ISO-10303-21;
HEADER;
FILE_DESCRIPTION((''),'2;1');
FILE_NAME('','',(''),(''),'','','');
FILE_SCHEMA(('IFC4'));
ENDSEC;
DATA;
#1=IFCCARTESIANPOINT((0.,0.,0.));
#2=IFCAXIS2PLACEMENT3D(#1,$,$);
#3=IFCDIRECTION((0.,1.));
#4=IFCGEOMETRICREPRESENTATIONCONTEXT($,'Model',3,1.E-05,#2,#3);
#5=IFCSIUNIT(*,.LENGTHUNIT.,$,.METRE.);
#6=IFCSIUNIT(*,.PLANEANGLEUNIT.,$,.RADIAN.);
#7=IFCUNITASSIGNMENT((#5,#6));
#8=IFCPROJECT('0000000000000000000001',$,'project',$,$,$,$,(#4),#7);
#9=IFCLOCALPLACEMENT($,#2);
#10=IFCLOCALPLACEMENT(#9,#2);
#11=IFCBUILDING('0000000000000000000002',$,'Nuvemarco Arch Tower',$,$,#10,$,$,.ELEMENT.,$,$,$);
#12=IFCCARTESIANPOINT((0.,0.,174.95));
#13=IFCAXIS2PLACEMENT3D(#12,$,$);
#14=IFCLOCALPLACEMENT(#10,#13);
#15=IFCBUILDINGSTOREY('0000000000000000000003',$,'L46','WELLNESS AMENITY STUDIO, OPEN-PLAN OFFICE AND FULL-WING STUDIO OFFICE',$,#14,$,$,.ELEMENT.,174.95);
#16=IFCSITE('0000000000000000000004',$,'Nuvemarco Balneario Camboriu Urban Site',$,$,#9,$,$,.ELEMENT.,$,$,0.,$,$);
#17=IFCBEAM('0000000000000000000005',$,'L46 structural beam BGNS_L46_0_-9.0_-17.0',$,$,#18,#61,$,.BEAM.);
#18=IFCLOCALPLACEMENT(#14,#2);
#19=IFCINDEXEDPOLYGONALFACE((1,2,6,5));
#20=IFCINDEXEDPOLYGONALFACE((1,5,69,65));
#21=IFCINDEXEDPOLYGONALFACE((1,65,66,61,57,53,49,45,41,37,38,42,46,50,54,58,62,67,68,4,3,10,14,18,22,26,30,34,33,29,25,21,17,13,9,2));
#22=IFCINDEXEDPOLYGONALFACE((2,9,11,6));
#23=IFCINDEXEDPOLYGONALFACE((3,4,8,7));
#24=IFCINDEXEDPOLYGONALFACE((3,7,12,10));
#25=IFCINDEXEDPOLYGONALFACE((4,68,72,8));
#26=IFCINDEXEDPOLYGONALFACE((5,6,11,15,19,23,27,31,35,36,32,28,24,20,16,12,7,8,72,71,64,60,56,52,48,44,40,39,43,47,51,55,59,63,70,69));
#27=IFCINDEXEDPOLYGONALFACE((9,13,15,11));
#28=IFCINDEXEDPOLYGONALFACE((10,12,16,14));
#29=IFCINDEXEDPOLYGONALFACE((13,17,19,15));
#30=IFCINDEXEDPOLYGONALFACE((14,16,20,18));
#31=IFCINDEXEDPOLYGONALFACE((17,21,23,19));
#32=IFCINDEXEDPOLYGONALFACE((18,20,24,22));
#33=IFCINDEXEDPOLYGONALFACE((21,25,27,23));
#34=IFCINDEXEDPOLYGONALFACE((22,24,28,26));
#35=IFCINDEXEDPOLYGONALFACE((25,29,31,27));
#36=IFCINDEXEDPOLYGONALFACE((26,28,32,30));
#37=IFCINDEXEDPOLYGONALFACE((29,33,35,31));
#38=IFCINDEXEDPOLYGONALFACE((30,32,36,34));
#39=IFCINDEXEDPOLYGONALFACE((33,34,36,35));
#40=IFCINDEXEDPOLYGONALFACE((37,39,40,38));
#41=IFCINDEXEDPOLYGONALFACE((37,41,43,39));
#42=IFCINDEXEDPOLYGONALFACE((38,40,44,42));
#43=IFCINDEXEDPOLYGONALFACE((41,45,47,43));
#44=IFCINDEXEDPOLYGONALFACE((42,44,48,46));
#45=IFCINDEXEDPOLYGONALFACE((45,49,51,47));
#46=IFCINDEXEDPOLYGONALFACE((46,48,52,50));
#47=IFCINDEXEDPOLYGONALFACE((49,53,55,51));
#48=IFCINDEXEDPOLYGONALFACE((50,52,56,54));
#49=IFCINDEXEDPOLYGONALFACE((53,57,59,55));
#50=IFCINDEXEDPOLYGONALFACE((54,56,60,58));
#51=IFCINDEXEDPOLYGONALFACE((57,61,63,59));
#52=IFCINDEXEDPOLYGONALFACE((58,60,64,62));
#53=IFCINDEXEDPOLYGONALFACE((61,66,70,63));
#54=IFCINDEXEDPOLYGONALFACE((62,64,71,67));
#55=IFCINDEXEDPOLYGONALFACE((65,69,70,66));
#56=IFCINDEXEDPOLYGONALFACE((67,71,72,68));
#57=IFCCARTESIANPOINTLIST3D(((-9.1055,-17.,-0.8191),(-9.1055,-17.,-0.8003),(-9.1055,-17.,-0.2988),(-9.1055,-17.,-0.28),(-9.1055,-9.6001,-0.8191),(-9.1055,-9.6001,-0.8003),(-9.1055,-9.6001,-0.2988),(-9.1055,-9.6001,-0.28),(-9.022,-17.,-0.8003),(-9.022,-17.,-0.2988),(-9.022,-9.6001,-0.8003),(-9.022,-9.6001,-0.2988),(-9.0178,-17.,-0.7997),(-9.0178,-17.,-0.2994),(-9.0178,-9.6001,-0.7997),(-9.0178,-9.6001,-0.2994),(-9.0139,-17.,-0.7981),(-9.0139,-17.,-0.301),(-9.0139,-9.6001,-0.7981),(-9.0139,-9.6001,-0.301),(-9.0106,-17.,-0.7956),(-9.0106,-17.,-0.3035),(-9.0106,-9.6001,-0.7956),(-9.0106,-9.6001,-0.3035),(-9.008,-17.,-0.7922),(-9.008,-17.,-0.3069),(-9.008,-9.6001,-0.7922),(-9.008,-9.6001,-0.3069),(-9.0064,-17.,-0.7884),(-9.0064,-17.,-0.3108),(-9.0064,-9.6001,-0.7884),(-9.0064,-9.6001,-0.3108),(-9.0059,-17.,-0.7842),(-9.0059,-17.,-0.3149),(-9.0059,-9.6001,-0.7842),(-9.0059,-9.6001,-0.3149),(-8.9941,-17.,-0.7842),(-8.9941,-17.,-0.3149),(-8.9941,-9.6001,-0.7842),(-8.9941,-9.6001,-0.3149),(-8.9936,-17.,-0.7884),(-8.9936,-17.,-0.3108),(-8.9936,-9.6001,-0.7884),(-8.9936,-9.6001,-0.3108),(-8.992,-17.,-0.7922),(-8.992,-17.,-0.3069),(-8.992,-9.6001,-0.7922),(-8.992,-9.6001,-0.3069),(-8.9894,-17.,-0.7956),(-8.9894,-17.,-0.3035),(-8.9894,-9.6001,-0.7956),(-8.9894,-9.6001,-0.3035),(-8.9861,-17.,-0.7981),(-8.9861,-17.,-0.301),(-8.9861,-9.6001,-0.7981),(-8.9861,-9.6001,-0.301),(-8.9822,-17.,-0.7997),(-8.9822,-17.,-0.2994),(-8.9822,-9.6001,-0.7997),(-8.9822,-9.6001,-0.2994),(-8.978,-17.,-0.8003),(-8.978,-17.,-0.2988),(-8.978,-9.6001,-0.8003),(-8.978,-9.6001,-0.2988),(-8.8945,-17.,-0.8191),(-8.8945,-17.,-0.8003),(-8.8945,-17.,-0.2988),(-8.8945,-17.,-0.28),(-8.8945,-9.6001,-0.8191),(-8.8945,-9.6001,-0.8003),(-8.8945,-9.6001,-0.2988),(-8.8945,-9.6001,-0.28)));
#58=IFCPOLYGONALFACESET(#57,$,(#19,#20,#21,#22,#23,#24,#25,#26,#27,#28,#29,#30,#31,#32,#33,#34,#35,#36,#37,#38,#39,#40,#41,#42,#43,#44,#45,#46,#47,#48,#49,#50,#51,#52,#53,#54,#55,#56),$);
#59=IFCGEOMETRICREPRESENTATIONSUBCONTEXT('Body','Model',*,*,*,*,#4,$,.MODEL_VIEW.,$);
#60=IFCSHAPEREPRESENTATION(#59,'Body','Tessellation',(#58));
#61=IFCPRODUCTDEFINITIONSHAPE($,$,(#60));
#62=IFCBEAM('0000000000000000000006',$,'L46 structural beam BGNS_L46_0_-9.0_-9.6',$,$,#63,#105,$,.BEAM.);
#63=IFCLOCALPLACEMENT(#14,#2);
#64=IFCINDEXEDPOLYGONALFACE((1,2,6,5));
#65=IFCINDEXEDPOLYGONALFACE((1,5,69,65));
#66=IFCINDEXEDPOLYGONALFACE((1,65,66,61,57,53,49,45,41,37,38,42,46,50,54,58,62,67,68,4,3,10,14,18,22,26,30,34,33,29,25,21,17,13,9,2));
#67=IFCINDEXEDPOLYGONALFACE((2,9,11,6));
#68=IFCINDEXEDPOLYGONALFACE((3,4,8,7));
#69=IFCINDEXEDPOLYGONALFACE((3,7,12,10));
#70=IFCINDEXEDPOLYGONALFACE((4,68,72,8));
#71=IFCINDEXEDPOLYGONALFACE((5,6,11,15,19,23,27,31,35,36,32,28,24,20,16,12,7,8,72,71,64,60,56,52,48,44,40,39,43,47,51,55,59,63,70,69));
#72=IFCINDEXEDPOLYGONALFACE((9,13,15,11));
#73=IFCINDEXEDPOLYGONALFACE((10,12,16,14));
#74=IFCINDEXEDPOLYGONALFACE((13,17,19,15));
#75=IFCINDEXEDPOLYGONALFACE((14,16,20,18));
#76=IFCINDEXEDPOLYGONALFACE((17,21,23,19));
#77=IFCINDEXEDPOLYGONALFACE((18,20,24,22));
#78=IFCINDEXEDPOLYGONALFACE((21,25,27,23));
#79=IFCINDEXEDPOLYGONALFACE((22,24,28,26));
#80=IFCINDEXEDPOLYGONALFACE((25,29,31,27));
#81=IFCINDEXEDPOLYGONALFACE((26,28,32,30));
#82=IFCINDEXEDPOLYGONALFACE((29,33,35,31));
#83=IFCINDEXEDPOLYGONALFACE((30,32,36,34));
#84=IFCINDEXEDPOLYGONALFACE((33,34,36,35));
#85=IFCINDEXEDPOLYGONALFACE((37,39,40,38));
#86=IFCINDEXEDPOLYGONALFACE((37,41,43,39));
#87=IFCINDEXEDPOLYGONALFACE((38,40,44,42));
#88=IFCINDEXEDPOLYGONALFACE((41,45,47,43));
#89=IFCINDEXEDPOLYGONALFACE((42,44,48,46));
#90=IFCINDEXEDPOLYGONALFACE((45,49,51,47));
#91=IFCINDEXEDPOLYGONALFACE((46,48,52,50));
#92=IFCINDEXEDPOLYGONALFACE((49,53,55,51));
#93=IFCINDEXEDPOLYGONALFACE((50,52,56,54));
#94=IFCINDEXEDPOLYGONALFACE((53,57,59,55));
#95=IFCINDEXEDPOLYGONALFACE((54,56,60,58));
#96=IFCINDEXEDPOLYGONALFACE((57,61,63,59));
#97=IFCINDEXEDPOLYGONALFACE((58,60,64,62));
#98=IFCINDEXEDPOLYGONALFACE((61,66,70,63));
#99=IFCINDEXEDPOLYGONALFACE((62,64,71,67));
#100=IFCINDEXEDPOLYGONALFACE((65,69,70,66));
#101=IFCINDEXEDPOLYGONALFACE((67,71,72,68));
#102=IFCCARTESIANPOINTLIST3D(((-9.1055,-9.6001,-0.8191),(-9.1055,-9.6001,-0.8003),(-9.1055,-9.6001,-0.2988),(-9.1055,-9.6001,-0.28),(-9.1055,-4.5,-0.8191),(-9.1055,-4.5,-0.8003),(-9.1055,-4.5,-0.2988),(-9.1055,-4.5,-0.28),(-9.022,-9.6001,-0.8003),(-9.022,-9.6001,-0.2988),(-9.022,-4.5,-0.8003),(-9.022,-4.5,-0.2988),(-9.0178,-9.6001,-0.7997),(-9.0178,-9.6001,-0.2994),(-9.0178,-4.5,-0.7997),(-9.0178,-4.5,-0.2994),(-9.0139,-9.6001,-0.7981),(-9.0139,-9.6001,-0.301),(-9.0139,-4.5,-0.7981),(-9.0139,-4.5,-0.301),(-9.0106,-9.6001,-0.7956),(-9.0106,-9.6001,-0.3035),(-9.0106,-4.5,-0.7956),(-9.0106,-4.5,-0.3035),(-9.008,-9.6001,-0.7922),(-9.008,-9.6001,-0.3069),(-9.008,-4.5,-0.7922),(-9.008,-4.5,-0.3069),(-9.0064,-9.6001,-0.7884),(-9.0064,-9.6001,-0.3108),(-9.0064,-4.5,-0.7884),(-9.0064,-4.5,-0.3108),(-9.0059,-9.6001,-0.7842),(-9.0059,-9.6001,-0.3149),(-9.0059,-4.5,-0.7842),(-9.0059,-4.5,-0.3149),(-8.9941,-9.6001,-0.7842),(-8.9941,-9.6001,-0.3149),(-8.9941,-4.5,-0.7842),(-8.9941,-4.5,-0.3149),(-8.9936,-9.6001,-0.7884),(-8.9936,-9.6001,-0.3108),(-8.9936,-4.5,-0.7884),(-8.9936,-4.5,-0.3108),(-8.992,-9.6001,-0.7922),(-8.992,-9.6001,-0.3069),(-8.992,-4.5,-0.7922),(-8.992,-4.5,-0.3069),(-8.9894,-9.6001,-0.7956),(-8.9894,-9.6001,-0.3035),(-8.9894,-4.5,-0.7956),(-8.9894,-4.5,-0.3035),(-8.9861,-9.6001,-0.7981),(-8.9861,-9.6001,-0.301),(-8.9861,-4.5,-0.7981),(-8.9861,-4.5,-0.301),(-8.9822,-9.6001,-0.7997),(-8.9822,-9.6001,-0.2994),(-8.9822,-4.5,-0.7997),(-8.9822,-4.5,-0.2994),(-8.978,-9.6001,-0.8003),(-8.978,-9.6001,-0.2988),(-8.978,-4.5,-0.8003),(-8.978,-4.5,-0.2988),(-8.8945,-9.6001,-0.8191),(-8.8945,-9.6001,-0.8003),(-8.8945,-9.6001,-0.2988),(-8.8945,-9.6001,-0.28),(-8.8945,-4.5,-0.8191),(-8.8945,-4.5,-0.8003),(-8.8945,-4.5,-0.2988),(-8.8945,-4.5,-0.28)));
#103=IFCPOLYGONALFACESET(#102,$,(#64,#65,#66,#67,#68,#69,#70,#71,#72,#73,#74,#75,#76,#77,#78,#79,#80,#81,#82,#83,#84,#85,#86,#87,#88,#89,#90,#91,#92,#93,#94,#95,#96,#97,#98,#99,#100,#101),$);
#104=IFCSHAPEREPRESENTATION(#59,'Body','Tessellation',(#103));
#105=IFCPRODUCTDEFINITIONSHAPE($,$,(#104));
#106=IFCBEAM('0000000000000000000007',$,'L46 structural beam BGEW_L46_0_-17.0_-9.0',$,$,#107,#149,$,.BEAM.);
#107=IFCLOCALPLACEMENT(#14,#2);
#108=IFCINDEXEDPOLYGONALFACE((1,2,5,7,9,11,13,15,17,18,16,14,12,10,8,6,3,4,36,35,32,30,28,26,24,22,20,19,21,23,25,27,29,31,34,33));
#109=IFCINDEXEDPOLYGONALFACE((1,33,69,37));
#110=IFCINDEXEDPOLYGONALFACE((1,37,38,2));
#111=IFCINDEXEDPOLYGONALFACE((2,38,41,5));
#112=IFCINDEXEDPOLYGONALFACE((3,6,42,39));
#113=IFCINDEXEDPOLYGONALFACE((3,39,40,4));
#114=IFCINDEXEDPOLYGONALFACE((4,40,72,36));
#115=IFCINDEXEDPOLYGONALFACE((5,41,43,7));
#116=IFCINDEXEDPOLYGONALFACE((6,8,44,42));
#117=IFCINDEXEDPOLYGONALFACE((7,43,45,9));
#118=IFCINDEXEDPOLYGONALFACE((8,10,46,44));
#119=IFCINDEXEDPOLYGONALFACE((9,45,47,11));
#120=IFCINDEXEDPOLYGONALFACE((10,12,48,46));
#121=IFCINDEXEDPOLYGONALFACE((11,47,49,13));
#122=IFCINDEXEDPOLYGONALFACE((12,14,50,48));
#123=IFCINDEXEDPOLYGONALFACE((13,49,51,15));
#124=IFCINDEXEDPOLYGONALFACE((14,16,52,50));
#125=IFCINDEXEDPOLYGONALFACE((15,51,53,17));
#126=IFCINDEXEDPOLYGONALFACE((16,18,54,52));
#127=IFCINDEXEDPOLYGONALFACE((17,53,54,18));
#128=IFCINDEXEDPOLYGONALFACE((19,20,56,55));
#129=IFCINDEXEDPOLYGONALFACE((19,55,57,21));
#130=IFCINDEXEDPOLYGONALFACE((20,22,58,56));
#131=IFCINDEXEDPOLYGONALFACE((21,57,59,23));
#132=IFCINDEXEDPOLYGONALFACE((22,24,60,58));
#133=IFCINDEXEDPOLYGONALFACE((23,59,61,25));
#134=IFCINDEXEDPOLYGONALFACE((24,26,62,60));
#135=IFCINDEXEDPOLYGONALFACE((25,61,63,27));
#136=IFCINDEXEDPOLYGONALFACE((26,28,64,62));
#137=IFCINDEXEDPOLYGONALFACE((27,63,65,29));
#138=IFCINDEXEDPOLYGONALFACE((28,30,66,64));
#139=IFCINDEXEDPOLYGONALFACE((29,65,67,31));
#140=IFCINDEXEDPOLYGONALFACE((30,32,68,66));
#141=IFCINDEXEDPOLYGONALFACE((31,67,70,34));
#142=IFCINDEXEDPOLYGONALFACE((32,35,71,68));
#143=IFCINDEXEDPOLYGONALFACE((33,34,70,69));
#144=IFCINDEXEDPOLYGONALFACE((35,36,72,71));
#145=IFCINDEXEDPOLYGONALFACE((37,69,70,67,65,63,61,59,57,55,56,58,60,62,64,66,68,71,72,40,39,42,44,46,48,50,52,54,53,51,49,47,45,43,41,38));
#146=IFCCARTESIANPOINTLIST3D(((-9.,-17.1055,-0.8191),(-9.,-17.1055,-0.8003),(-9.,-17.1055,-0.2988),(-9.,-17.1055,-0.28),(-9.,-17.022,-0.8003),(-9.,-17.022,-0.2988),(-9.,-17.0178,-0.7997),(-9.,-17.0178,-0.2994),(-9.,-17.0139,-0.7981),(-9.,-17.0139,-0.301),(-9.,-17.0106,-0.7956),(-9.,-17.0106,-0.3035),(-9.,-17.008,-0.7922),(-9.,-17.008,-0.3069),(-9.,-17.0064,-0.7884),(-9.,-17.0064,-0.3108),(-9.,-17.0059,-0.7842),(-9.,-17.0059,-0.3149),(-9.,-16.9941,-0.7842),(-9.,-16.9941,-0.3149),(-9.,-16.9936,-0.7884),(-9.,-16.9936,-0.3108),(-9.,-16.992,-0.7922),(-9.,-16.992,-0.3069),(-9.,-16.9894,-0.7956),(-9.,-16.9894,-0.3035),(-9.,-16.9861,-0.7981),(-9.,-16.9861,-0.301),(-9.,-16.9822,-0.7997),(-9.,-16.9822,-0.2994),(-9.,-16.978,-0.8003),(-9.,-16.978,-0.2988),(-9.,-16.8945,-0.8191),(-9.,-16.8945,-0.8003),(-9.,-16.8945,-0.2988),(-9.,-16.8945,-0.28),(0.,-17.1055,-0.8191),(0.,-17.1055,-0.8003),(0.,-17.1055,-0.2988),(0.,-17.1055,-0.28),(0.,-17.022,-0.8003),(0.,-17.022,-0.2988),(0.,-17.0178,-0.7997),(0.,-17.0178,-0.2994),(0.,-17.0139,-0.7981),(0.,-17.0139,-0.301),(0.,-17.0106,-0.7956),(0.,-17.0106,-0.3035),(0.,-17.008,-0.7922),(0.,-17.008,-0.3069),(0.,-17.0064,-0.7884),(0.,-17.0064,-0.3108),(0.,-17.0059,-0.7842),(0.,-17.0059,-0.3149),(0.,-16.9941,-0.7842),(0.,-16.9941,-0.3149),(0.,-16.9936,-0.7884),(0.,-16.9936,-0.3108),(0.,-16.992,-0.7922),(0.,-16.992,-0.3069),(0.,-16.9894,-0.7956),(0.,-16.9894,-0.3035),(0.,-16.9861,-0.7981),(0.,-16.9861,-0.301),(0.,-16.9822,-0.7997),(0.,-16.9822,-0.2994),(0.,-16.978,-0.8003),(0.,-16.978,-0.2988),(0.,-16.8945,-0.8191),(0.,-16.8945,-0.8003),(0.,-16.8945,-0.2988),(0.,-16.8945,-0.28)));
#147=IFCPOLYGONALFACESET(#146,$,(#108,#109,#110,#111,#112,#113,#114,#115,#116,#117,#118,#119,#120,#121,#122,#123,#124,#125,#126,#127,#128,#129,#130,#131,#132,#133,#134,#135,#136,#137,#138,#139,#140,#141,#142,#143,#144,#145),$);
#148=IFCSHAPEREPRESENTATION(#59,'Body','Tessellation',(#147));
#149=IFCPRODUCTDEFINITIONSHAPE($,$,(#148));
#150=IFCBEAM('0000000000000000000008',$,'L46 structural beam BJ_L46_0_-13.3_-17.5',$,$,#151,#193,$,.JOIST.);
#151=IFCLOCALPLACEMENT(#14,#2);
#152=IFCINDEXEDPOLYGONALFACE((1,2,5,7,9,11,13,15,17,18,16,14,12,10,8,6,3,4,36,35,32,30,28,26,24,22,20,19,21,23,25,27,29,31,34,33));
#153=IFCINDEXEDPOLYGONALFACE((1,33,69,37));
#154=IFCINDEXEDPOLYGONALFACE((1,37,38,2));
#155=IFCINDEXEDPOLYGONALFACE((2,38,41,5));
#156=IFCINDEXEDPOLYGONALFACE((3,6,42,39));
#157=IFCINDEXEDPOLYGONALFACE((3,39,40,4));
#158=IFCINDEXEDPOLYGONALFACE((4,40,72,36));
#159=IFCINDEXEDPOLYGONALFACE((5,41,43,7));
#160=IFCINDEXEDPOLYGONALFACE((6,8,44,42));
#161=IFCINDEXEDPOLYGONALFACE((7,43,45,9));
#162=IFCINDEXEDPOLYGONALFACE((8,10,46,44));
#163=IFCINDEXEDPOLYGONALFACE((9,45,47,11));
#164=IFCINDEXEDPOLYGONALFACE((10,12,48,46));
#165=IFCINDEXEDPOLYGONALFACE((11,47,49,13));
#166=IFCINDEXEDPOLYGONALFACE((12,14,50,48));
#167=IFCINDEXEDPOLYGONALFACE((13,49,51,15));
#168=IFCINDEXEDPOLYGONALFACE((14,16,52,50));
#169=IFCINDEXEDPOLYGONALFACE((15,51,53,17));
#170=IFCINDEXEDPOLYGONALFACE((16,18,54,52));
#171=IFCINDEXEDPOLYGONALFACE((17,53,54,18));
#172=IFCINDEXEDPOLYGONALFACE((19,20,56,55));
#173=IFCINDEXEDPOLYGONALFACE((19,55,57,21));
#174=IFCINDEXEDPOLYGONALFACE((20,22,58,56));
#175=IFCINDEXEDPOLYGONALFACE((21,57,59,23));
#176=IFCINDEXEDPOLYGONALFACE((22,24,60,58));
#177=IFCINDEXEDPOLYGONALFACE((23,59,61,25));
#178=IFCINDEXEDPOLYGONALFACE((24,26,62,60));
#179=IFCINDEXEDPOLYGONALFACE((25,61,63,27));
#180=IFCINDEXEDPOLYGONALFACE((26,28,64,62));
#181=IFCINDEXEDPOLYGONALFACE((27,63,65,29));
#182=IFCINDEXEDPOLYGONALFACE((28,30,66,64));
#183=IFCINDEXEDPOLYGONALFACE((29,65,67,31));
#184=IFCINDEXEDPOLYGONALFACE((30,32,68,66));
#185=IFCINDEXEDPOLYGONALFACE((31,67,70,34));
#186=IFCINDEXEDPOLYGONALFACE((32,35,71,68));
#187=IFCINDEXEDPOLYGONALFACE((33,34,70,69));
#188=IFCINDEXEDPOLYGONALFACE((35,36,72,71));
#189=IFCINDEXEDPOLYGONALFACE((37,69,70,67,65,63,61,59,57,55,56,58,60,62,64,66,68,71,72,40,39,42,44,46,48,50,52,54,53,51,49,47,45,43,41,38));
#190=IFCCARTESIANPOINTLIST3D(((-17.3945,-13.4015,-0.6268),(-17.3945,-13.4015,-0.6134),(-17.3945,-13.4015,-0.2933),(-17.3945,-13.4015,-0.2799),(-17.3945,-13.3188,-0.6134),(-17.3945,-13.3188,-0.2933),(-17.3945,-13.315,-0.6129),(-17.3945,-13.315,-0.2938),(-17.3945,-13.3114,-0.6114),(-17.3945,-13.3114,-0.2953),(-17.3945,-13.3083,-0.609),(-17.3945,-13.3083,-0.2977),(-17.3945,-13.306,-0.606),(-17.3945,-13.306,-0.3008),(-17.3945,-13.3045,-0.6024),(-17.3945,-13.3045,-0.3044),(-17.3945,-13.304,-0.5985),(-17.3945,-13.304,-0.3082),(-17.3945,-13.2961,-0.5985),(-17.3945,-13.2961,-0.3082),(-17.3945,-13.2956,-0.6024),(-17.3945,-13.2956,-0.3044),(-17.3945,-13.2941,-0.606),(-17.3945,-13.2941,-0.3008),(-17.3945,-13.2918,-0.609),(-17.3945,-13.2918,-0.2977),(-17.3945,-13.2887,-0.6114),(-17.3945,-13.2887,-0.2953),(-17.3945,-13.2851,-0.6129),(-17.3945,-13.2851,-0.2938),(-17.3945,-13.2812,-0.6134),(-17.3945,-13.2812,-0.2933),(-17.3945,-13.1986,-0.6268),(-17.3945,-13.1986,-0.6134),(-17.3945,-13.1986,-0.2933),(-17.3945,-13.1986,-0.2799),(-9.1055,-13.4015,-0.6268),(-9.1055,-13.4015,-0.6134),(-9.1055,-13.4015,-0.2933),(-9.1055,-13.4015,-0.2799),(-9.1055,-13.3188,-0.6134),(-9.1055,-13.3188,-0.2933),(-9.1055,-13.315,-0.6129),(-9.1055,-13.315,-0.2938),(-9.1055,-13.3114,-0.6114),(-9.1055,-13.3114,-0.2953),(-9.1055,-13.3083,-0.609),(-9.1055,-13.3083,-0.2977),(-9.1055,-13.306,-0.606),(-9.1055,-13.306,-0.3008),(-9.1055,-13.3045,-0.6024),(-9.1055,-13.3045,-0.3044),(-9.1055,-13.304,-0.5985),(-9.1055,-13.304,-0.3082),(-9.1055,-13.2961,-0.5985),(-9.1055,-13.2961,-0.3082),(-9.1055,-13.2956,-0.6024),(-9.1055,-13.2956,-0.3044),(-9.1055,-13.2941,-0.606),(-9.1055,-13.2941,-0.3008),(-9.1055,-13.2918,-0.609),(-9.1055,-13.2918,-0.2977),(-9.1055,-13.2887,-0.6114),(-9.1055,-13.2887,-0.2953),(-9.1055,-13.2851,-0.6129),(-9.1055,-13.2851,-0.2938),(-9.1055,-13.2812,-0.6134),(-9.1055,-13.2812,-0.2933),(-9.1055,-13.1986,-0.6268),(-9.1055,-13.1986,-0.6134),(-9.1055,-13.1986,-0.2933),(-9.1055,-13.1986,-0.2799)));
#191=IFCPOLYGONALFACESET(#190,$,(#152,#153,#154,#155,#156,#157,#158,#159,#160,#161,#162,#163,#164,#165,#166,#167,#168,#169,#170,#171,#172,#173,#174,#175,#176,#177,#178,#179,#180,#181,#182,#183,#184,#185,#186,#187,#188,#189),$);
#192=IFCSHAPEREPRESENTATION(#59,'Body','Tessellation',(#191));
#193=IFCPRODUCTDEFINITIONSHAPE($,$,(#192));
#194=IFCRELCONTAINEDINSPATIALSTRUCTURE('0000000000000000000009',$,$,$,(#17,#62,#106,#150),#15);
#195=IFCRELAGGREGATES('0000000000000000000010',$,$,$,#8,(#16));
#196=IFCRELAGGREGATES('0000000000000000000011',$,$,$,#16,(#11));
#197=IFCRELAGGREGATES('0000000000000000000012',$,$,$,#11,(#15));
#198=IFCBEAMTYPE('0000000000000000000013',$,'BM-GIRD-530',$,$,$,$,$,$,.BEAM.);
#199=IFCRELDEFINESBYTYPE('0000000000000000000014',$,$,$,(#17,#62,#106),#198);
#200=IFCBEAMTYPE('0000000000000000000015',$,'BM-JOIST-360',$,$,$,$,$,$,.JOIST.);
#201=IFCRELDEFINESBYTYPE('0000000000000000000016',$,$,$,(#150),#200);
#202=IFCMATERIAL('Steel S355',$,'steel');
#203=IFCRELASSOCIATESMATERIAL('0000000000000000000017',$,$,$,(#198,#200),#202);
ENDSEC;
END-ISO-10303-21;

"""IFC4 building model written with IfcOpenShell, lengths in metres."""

from ifc_helpers import new_model, si_unit, direction, frame, origin, origin_2d, place, context, subcontext, project, spatial, i_section, extrude, material, material_profile, profile_set, type_object, element, save


model = new_model("IFC4")

# Units and contexts
model_context = context("Model", 3, precision=1e-05, world=origin(), true_north=direction((0.0, 1.0)))
body_context = subcontext(model_context, "Body", "Model", "MODEL_VIEW")
ifc_project = project(units=[si_unit("LENGTHUNIT", "METRE"), si_unit("PLANEANGLEUNIT", "RADIAN")], contexts=[model_context])

# Site, building, storey
site_placement = place(None, origin())
site = spatial("IfcSite", under=ifc_project, at=site_placement, Name="Nuvemarco Balneario Camboriu Urban Site", CompositionType="ELEMENT", RefElevation=0.0)
building_placement = place(site_placement, origin())
building = spatial("IfcBuilding", under=site, at=building_placement, Name="Nuvemarco Arch Tower", CompositionType="ELEMENT")
storey_placement = place(building_placement, frame((0.0, 0.0, 174.95)))
storey = spatial("IfcBuildingStorey", under=building, at=storey_placement, Name="L46", Description="WELLNESS AMENITY STUDIO, OPEN-PLAN OFFICE AND FULL-WING STUDIO OFFICE", CompositionType="ELEMENT", Elevation=174.95)

# Shared definitions
ifc_material_1 = material(Name="Steel S355", Category="steel")

# Beams
ifc_material_profile_1 = material_profile(ifc_material_1, i_section(OverallWidth=0.2109, OverallDepth=0.5391, WebThickness=0.0117, FlangeThickness=0.0188, FilletRadius=0.0161, at=origin_2d()), Name="W530x109")
ifc_profile_set_1 = profile_set([ifc_material_profile_1], Name="Steel S355")
beam_type_1 = type_object("IfcBeamType", Name="BM-GIRD-530", PredefinedType="BEAM", material=ifc_profile_set_1)
beam_1_placement = place(storey_placement, frame((-9.0, -17.0, -0.5496), z_axis=(0.0, 1.0, 0.0), x_axis=(-1.0, 0.0, 0.0)))
element("IfcBeam", 1, at=beam_1_placement, inside=storey, type_object=beam_type_1, Name="L46 structural beam BGNS_L46_0_-9.0_-17.0", PredefinedType="BEAM", context=body_context, shape_type="SweptSolid", body=[
    extrude(i_section(OverallWidth=0.2109, OverallDepth=0.5391, WebThickness=0.0117, FlangeThickness=0.0188, FilletRadius=0.0161, at=origin_2d()), origin(), (0.0, 0.0, 1.0), 7.3999),
])
beam_2_placement = place(storey_placement, frame((-9.0, -9.6001, -0.5496), z_axis=(0.0, 1.0, 0.0), x_axis=(-1.0, 0.0, 0.0)))
element("IfcBeam", 2, at=beam_2_placement, inside=storey, type_object=beam_type_1, Name="L46 structural beam BGNS_L46_0_-9.0_-9.6", PredefinedType="BEAM", context=body_context, shape_type="SweptSolid", body=[
    extrude(i_section(OverallWidth=0.2109, OverallDepth=0.5391, WebThickness=0.0117, FlangeThickness=0.0188, FilletRadius=0.0161, at=origin_2d()), origin(), (0.0, 0.0, 1.0), 5.1001),
])
beam_3_placement = place(storey_placement, frame((-9.0, -17.0, -0.5496), z_axis=(1.0, 0.0, 0.0), x_axis=(0.0, 1.0, 0.0)))
element("IfcBeam", 3, at=beam_3_placement, inside=storey, type_object=beam_type_1, Name="L46 structural beam BGEW_L46_0_-17.0_-9.0", PredefinedType="BEAM", context=body_context, shape_type="SweptSolid", body=[
    extrude(i_section(OverallWidth=0.2109, OverallDepth=0.5391, WebThickness=0.0117, FlangeThickness=0.0188, FilletRadius=0.0161, at=origin_2d()), origin(), (0.0, 0.0, 1.0), 9.0),
])
ifc_material_profile_2 = material_profile(ifc_material_1, i_section(OverallWidth=0.2029, OverallDepth=0.3469, WebThickness=0.0078, FlangeThickness=0.0134, FilletRadius=0.0149, at=origin_2d()), Name="W360x64")
ifc_profile_set_2 = profile_set([ifc_material_profile_2], Name="Steel S355")
beam_type_2 = type_object("IfcBeamType", Name="BM-JOIST-360", PredefinedType="JOIST", material=ifc_profile_set_2)
beam_4_placement = place(storey_placement, frame((-17.3945, -13.3, -0.4534), z_axis=(1.0, 0.0, 0.0), x_axis=(0.0, 1.0, 0.0)))
element("IfcBeam", 4, at=beam_4_placement, inside=storey, type_object=beam_type_2, Name="L46 structural beam BJ_L46_0_-13.3_-17.5", PredefinedType="JOIST", context=body_context, shape_type="SweptSolid", body=[
    extrude(i_section(OverallWidth=0.2029, OverallDepth=0.3469, WebThickness=0.0078, FlangeThickness=0.0134, FilletRadius=0.0149, at=origin_2d()), origin(), (0.0, 0.0, 1.0), 8.2891),
])

save(model, "model.ifc")
